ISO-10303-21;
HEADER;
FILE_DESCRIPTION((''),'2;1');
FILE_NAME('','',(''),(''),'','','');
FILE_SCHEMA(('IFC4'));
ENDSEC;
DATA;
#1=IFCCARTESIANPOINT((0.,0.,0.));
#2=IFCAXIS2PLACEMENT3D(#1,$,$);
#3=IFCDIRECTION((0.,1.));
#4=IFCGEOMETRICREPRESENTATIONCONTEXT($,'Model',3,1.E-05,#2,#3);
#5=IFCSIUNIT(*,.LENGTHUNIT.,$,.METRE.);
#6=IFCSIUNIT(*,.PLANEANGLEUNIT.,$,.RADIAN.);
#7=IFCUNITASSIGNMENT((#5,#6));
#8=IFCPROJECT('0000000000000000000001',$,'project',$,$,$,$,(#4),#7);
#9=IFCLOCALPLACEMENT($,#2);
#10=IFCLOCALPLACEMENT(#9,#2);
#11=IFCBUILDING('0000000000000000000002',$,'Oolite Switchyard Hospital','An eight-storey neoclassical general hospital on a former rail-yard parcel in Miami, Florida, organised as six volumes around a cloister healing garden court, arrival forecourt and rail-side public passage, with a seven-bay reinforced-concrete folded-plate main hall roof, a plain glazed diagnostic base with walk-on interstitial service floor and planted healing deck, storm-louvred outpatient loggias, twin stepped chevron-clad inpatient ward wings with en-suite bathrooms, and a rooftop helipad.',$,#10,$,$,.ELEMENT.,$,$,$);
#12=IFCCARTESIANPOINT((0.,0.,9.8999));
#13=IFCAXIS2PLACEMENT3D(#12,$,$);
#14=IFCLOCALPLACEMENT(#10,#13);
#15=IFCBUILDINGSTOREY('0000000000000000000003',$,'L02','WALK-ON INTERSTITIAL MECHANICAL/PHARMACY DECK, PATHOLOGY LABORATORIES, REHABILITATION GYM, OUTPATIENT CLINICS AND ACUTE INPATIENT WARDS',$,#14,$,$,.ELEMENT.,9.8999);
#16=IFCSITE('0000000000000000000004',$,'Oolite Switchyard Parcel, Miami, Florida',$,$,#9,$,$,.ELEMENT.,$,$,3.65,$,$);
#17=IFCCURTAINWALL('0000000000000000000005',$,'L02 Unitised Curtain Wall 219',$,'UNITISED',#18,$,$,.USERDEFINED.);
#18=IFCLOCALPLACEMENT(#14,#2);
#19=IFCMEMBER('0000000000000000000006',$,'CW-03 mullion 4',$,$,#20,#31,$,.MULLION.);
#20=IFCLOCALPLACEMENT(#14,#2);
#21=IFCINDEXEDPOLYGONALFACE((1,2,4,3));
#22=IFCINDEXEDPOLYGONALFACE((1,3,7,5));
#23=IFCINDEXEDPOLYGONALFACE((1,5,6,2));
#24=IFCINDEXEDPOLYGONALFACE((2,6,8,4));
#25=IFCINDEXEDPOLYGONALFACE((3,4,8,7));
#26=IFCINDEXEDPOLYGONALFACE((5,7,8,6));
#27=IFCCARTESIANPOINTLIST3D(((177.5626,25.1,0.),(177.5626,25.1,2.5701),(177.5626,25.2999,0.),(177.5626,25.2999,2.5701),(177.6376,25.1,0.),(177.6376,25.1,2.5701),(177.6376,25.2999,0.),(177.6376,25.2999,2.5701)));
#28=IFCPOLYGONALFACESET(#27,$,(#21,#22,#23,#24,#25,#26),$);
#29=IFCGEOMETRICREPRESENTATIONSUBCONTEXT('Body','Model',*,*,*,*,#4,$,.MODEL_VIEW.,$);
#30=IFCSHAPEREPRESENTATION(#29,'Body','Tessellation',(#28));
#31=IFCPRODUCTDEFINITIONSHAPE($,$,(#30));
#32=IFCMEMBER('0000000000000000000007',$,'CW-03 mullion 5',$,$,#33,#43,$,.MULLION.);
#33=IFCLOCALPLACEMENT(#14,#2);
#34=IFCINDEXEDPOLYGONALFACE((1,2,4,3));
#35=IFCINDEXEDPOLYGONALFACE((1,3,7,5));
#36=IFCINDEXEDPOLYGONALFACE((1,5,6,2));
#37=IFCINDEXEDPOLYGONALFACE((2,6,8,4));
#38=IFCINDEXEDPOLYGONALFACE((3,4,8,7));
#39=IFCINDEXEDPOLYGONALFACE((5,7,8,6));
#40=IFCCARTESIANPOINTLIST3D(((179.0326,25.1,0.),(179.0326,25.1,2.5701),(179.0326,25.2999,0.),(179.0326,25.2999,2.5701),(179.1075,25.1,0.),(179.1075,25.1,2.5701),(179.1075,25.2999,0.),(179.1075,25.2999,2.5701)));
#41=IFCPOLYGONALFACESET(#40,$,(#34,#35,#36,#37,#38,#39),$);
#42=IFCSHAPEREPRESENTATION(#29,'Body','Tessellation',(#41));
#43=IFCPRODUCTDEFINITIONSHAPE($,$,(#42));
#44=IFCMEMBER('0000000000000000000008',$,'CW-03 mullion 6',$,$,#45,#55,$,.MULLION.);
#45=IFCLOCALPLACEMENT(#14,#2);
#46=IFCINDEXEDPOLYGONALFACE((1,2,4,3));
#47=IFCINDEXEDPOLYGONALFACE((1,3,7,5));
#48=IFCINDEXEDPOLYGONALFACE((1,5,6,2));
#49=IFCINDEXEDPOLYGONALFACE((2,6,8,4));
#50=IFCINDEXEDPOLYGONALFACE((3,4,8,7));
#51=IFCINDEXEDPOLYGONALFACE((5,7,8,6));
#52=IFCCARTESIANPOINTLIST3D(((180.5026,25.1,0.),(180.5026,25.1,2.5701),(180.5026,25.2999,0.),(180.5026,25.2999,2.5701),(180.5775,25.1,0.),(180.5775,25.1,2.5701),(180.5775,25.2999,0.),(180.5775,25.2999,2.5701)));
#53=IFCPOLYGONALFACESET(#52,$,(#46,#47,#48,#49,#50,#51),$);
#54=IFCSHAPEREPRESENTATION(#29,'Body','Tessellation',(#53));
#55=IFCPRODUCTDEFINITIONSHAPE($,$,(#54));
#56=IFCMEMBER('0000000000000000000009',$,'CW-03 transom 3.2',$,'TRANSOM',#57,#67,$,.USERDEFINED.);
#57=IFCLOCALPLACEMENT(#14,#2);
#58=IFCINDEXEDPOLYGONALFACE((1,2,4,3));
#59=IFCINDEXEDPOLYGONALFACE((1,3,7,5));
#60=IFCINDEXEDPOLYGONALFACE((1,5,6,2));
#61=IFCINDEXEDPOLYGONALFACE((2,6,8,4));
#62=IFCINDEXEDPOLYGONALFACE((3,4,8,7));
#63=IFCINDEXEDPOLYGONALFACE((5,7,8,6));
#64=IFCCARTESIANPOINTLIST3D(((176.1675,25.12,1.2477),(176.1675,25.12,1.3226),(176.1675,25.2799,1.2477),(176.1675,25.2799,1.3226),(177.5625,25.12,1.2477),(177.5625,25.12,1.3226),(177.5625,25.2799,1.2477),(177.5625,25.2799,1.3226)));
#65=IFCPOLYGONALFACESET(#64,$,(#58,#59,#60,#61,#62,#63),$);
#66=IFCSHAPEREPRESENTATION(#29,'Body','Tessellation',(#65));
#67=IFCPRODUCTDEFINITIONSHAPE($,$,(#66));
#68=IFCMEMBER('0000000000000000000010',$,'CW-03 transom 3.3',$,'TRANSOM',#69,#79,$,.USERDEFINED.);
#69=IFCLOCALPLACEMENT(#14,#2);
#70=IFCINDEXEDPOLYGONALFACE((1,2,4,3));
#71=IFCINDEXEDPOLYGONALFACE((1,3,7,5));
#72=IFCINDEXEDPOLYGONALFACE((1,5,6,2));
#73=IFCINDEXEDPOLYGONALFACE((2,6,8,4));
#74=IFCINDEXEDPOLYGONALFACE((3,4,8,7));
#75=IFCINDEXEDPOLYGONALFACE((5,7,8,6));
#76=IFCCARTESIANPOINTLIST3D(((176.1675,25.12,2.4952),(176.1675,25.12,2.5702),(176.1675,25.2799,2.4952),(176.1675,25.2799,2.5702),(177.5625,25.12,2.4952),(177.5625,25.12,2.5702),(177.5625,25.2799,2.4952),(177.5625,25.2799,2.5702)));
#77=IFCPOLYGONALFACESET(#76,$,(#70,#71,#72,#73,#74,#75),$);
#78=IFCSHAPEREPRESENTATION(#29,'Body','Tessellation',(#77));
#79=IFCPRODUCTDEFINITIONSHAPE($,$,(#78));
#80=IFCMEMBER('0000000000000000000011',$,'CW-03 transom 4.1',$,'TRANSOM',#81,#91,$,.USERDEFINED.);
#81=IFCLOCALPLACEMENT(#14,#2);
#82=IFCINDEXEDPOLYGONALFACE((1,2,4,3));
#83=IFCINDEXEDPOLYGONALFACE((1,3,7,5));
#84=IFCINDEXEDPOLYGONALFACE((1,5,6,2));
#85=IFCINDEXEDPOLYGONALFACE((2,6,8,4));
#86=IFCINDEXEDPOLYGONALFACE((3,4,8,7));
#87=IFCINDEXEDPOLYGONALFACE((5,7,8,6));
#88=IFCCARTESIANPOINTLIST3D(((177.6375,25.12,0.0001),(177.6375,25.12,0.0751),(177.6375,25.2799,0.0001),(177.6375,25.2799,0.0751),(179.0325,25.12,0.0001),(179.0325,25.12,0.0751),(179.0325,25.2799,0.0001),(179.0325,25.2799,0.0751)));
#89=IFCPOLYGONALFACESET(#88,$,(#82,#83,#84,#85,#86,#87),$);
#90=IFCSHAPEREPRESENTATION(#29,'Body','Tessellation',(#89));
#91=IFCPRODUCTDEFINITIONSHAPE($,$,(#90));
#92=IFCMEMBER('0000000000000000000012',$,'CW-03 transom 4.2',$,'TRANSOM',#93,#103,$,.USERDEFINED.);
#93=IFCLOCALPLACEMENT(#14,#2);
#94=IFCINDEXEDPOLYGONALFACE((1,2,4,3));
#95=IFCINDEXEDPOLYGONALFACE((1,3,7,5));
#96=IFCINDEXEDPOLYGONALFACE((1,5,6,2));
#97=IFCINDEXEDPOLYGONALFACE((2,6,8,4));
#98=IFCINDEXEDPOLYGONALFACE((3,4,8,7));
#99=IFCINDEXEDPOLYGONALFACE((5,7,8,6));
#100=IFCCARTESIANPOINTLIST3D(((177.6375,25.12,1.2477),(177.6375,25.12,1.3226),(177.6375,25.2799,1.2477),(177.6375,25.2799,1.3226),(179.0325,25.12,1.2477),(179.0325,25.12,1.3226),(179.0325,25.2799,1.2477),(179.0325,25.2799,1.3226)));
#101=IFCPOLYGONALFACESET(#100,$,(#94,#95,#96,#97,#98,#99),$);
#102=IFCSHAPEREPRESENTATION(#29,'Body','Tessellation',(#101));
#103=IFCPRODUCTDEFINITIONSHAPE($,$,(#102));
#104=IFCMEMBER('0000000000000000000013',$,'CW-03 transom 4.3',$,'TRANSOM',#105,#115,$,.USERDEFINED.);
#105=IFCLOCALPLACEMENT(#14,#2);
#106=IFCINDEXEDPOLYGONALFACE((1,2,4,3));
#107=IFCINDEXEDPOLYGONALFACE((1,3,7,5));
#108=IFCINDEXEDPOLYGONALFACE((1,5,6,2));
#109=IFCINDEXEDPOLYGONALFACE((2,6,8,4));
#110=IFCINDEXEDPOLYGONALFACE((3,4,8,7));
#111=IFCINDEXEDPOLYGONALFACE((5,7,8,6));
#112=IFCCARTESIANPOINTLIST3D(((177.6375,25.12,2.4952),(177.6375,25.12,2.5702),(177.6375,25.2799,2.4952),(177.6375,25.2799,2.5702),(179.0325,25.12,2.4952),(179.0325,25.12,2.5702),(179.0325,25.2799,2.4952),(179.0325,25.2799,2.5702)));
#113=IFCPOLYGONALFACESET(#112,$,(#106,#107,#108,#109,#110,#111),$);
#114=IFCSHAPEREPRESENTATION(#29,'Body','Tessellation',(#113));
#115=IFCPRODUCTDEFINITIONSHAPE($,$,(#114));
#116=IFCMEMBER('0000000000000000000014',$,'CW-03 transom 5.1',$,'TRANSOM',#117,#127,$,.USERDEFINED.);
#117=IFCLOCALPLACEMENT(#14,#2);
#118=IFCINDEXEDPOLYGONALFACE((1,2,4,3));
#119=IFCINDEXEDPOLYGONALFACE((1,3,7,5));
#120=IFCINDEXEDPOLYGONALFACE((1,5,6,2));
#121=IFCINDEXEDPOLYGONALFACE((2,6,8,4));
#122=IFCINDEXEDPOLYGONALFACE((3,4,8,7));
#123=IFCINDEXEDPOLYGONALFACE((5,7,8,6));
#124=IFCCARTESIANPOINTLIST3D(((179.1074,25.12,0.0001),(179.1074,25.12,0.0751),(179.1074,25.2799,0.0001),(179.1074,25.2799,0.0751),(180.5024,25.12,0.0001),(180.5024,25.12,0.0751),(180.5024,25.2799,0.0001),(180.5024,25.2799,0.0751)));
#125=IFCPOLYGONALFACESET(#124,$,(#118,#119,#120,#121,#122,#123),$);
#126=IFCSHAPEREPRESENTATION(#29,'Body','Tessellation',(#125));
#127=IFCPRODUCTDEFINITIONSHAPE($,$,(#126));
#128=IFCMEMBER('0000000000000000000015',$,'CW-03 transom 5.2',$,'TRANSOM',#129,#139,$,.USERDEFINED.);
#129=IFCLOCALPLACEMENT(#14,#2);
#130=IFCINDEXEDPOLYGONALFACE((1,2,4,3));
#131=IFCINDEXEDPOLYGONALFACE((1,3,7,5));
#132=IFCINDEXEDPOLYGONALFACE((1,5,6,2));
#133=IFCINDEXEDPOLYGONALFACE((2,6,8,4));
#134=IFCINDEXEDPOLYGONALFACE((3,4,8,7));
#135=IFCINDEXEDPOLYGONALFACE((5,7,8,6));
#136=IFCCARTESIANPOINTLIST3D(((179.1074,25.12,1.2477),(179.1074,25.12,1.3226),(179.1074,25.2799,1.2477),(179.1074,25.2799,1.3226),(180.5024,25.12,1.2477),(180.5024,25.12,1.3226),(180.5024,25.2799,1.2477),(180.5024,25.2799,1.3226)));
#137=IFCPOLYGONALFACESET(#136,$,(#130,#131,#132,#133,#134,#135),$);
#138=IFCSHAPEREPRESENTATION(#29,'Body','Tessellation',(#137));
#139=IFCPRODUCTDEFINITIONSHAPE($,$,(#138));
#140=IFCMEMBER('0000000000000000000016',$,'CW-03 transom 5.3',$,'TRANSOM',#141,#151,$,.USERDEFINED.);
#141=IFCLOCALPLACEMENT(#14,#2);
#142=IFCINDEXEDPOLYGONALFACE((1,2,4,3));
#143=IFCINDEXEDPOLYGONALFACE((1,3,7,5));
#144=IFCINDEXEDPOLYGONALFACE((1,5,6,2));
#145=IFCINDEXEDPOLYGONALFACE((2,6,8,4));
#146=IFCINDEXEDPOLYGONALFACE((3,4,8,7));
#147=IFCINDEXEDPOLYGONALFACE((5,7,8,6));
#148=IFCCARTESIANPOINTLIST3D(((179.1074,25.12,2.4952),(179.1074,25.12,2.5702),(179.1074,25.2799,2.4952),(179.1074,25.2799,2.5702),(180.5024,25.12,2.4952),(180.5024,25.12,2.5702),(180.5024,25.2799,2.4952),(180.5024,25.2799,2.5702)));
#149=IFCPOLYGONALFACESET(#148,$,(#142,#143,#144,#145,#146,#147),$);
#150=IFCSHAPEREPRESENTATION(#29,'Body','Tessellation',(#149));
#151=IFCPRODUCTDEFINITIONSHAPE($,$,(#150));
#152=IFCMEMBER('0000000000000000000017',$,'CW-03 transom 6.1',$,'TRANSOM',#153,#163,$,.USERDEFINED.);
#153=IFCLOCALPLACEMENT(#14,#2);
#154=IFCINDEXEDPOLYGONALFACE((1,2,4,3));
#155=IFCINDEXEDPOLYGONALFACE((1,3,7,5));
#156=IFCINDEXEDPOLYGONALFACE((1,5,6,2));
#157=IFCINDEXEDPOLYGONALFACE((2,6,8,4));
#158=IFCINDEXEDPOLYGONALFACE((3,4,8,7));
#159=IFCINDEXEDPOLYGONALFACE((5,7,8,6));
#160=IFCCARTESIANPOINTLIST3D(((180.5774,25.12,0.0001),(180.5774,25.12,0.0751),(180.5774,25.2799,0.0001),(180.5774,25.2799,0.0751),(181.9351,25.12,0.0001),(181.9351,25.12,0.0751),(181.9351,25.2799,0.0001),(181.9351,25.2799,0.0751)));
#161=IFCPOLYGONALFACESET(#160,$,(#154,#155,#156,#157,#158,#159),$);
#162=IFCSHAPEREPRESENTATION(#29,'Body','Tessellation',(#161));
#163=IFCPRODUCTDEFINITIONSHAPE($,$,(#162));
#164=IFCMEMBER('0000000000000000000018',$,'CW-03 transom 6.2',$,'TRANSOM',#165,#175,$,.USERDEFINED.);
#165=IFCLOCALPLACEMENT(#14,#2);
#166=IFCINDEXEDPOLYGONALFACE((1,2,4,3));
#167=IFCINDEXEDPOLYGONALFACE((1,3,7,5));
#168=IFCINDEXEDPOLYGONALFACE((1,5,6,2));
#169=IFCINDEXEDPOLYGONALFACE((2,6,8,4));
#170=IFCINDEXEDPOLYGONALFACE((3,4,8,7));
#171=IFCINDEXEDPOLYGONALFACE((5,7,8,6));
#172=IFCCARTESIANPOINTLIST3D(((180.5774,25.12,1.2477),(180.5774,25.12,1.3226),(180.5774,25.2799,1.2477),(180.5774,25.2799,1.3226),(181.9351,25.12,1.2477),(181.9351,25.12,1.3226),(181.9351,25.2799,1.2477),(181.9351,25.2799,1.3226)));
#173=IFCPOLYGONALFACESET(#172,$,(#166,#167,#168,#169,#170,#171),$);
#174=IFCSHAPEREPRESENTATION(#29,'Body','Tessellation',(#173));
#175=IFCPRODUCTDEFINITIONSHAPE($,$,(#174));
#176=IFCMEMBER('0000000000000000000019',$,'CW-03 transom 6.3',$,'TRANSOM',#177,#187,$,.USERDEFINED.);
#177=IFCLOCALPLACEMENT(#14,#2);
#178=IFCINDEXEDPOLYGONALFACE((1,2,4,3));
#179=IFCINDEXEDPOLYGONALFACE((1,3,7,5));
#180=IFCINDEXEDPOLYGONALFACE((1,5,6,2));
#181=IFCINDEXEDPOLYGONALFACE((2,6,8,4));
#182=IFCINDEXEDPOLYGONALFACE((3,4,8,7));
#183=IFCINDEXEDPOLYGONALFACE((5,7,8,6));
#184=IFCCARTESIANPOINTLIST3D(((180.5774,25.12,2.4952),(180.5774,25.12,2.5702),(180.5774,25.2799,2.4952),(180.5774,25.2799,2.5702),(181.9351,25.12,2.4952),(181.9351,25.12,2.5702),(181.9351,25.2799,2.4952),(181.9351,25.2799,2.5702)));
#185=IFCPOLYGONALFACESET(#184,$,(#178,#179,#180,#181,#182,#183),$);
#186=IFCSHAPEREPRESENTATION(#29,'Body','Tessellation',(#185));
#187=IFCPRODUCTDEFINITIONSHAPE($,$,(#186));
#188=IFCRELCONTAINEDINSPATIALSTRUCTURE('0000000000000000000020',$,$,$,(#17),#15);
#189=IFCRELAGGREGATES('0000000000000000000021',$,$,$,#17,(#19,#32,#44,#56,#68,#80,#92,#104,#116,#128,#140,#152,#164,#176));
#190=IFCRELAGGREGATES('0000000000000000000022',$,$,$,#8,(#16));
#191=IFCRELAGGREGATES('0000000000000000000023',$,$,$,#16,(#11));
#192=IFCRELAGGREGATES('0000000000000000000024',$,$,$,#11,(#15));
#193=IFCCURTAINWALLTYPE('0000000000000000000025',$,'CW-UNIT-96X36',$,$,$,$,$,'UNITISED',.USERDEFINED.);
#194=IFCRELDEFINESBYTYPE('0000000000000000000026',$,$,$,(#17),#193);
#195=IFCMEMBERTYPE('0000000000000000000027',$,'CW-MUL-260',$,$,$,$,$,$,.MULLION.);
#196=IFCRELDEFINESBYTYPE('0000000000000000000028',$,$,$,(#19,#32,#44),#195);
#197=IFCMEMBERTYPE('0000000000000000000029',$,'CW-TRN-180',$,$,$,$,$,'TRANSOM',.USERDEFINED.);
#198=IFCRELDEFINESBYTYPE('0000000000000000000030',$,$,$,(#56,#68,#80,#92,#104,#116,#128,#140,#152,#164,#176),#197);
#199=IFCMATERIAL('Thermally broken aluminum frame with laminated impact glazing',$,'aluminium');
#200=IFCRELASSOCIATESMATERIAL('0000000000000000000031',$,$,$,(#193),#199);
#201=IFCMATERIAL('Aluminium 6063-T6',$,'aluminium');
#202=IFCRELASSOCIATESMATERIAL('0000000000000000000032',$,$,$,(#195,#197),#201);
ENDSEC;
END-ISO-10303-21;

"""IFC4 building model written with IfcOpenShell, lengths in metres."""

from ifc_helpers import new_model, si_unit, direction, frame, origin, origin_2d, place, context, subcontext, project, spatial, rectangle, extrude, material, material_profile, profile_set, type_object, element, aggregate, save


model = new_model("IFC4")

# Units and contexts
model_context = context("Model", 3, precision=1e-05, world=origin(), true_north=direction((0.0, 1.0)))
body_context = subcontext(model_context, "Body", "Model", "MODEL_VIEW")
ifc_project = project(units=[si_unit("LENGTHUNIT", "METRE"), si_unit("PLANEANGLEUNIT", "RADIAN")], contexts=[model_context])

# Site, building, storey
site_placement = place(None, origin())
site = spatial("IfcSite", under=ifc_project, at=site_placement, Name="Oolite Switchyard Parcel, Miami, Florida", CompositionType="ELEMENT", RefElevation=3.65)
building_placement = place(site_placement, origin())
building = spatial("IfcBuilding", under=site, at=building_placement, Name="Oolite Switchyard Hospital", Description="An eight-storey neoclassical general hospital on a former rail-yard parcel in Miami, Florida, organised as six volumes around a cloister healing garden court, arrival forecourt and rail-side public passage, with a seven-bay reinforced-concrete folded-plate main hall roof, a plain glazed diagnostic base with walk-on interstitial service floor and planted healing deck, storm-louvred outpatient loggias, twin stepped chevron-clad inpatient ward wings with en-suite bathrooms, and a rooftop helipad.", CompositionType="ELEMENT")
storey_placement = place(building_placement, frame((0.0, 0.0, 9.8999)))
storey = spatial("IfcBuildingStorey", under=building, at=storey_placement, Name="L02", Description="WALK-ON INTERSTITIAL MECHANICAL/PHARMACY DECK, PATHOLOGY LABORATORIES, REHABILITATION GYM, OUTPATIENT CLINICS AND ACUTE INPATIENT WARDS", CompositionType="ELEMENT", Elevation=9.8999)

# Curtain wall, members
ifc_material_1 = material(Name="Thermally broken aluminum frame with laminated impact glazing", Category="aluminium")
curtain_wall_type = type_object("IfcCurtainWallType", Name="CW-UNIT-96X36", ElementType="UNITISED", PredefinedType="USERDEFINED", material=ifc_material_1)
curtain_wall_placement = place(storey_placement, origin())
curtain_wall = element("IfcCurtainWall", 1, at=curtain_wall_placement, inside=storey, type_object=curtain_wall_type, Name="L02 Unitised Curtain Wall 219", ObjectType="UNITISED", PredefinedType="USERDEFINED")
ifc_material_2 = material(Name="Aluminium 6063-T6", Category="aluminium")
ifc_material_profile_1 = material_profile(ifc_material_2, rectangle(XDim=0.2, YDim=0.075, at=origin_2d()), Name="CWM75X200")
ifc_profile_set_1 = profile_set([ifc_material_profile_1], Name="Aluminium 6063-T6")
member_type_1 = type_object("IfcMemberType", Name="CW-MUL-260", PredefinedType="MULLION", material=ifc_profile_set_1)
member_1_placement = place(storey_placement, frame((177.6001, 25.2, 0.0), z_axis=(0.0, 0.0, 1.0), x_axis=(0.0, 1.0, 0.0)))
member_1 = element("IfcMember", 2, at=member_1_placement, type_object=member_type_1, Name="CW-03 mullion 4", PredefinedType="MULLION", context=body_context, shape_type="SweptSolid", body=[
    extrude(rectangle(XDim=0.2, YDim=0.075, at=origin_2d()), origin(), (0.0, 0.0, 1.0), 2.5701),
])
member_2_placement = place(storey_placement, frame((179.0701, 25.2, 0.0), z_axis=(0.0, 0.0, 1.0), x_axis=(0.0, 1.0, 0.0)))
member_2 = element("IfcMember", 3, at=member_2_placement, type_object=member_type_1, Name="CW-03 mullion 5", PredefinedType="MULLION", context=body_context, shape_type="SweptSolid", body=[
    extrude(rectangle(XDim=0.2, YDim=0.075, at=origin_2d()), origin(), (0.0, 0.0, 1.0), 2.5701),
])
member_3_placement = place(storey_placement, frame((180.54, 25.2, 0.0), z_axis=(0.0, 0.0, 1.0), x_axis=(0.0, 1.0, 0.0)))
member_3 = element("IfcMember", 4, at=member_3_placement, type_object=member_type_1, Name="CW-03 mullion 6", PredefinedType="MULLION", context=body_context, shape_type="SweptSolid", body=[
    extrude(rectangle(XDim=0.2, YDim=0.075, at=origin_2d()), origin(), (0.0, 0.0, 1.0), 2.5701),
])
ifc_material_profile_2 = material_profile(ifc_material_2, rectangle(XDim=0.1599, YDim=0.075, at=origin_2d()), Name="CWT75X160")
ifc_profile_set_2 = profile_set([ifc_material_profile_2], Name="Aluminium 6063-T6")
member_type_2 = type_object("IfcMemberType", Name="CW-TRN-180", ElementType="TRANSOM", PredefinedType="USERDEFINED", material=ifc_profile_set_2)
member_4_placement = place(storey_placement, frame((176.1675, 25.2, 1.2852), z_axis=(1.0, 0.0, 0.0), x_axis=(0.0, 1.0, 0.0)))
member_4 = element("IfcMember", 5, at=member_4_placement, type_object=member_type_2, Name="CW-03 transom 3.2", ObjectType="TRANSOM", PredefinedType="USERDEFINED", context=body_context, shape_type="SweptSolid", body=[
    extrude(rectangle(XDim=0.1599, YDim=0.075, at=origin_2d()), origin(), (0.0, 0.0, 1.0), 1.395),
])
member_5_placement = place(storey_placement, frame((176.1675, 25.2, 2.5327), z_axis=(1.0, 0.0, 0.0), x_axis=(0.0, 1.0, 0.0)))
member_5 = element("IfcMember", 6, at=member_5_placement, type_object=member_type_2, Name="CW-03 transom 3.3", ObjectType="TRANSOM", PredefinedType="USERDEFINED", context=body_context, shape_type="SweptSolid", body=[
    extrude(rectangle(XDim=0.1599, YDim=0.075, at=origin_2d()), origin(), (0.0, 0.0, 1.0), 1.395),
])
member_6_placement = place(storey_placement, frame((177.6375, 25.2, 0.0376), z_axis=(1.0, 0.0, 0.0), x_axis=(0.0, 1.0, 0.0)))
member_6 = element("IfcMember", 7, at=member_6_placement, type_object=member_type_2, Name="CW-03 transom 4.1", ObjectType="TRANSOM", PredefinedType="USERDEFINED", context=body_context, shape_type="SweptSolid", body=[
    extrude(rectangle(XDim=0.1599, YDim=0.075, at=origin_2d()), origin(), (0.0, 0.0, 1.0), 1.395),
])
member_7_placement = place(storey_placement, frame((177.6375, 25.2, 1.2852), z_axis=(1.0, 0.0, 0.0), x_axis=(0.0, 1.0, 0.0)))
member_7 = element("IfcMember", 8, at=member_7_placement, type_object=member_type_2, Name="CW-03 transom 4.2", ObjectType="TRANSOM", PredefinedType="USERDEFINED", context=body_context, shape_type="SweptSolid", body=[
    extrude(rectangle(XDim=0.1599, YDim=0.075, at=origin_2d()), origin(), (0.0, 0.0, 1.0), 1.395),
])
member_8_placement = place(storey_placement, frame((177.6375, 25.2, 2.5327), z_axis=(1.0, 0.0, 0.0), x_axis=(0.0, 1.0, 0.0)))
member_8 = element("IfcMember", 9, at=member_8_placement, type_object=member_type_2, Name="CW-03 transom 4.3", ObjectType="TRANSOM", PredefinedType="USERDEFINED", context=body_context, shape_type="SweptSolid", body=[
    extrude(rectangle(XDim=0.1599, YDim=0.075, at=origin_2d()), origin(), (0.0, 0.0, 1.0), 1.395),
])
member_9_placement = place(storey_placement, frame((179.1074, 25.2, 0.0376), z_axis=(1.0, 0.0, 0.0), x_axis=(0.0, 1.0, 0.0)))
member_9 = element("IfcMember", 10, at=member_9_placement, type_object=member_type_2, Name="CW-03 transom 5.1", ObjectType="TRANSOM", PredefinedType="USERDEFINED", context=body_context, shape_type="SweptSolid", body=[
    extrude(rectangle(XDim=0.1599, YDim=0.075, at=origin_2d()), origin(), (0.0, 0.0, 1.0), 1.395),
])
member_10_placement = place(storey_placement, frame((179.1074, 25.2, 1.2852), z_axis=(1.0, 0.0, 0.0), x_axis=(0.0, 1.0, 0.0)))
member_10 = element("IfcMember", 11, at=member_10_placement, type_object=member_type_2, Name="CW-03 transom 5.2", ObjectType="TRANSOM", PredefinedType="USERDEFINED", context=body_context, shape_type="SweptSolid", body=[
    extrude(rectangle(XDim=0.1599, YDim=0.075, at=origin_2d()), origin(), (0.0, 0.0, 1.0), 1.395),
])
member_11_placement = place(storey_placement, frame((179.1074, 25.2, 2.5327), z_axis=(1.0, 0.0, 0.0), x_axis=(0.0, 1.0, 0.0)))
member_11 = element("IfcMember", 12, at=member_11_placement, type_object=member_type_2, Name="CW-03 transom 5.3", ObjectType="TRANSOM", PredefinedType="USERDEFINED", context=body_context, shape_type="SweptSolid", body=[
    extrude(rectangle(XDim=0.1599, YDim=0.075, at=origin_2d()), origin(), (0.0, 0.0, 1.0), 1.395),
])
member_12_placement = place(storey_placement, frame((180.5774, 25.2, 0.0376), z_axis=(1.0, 0.0, 0.0), x_axis=(0.0, 1.0, 0.0)))
member_12 = element("IfcMember", 13, at=member_12_placement, type_object=member_type_2, Name="CW-03 transom 6.1", ObjectType="TRANSOM", PredefinedType="USERDEFINED", context=body_context, shape_type="SweptSolid", body=[
    extrude(rectangle(XDim=0.1599, YDim=0.075, at=origin_2d()), origin(), (0.0, 0.0, 1.0), 1.3577),
])
member_13_placement = place(storey_placement, frame((180.5774, 25.2, 1.2852), z_axis=(1.0, 0.0, 0.0), x_axis=(0.0, 1.0, 0.0)))
member_13 = element("IfcMember", 14, at=member_13_placement, type_object=member_type_2, Name="CW-03 transom 6.2", ObjectType="TRANSOM", PredefinedType="USERDEFINED", context=body_context, shape_type="SweptSolid", body=[
    extrude(rectangle(XDim=0.1599, YDim=0.075, at=origin_2d()), origin(), (0.0, 0.0, 1.0), 1.3577),
])
member_14_placement = place(storey_placement, frame((180.5774, 25.2, 2.5327), z_axis=(1.0, 0.0, 0.0), x_axis=(0.0, 1.0, 0.0)))
member_14 = element("IfcMember", 15, at=member_14_placement, type_object=member_type_2, Name="CW-03 transom 6.3", ObjectType="TRANSOM", PredefinedType="USERDEFINED", context=body_context, shape_type="SweptSolid", body=[
    extrude(rectangle(XDim=0.1599, YDim=0.075, at=origin_2d()), origin(), (0.0, 0.0, 1.0), 1.3577),
])
aggregate(curtain_wall, [member_1, member_2, member_3, member_4, member_5, member_6, member_7, member_8, member_9, member_10, member_11, member_12, member_13, member_14])

save(model, "model.ifc")
